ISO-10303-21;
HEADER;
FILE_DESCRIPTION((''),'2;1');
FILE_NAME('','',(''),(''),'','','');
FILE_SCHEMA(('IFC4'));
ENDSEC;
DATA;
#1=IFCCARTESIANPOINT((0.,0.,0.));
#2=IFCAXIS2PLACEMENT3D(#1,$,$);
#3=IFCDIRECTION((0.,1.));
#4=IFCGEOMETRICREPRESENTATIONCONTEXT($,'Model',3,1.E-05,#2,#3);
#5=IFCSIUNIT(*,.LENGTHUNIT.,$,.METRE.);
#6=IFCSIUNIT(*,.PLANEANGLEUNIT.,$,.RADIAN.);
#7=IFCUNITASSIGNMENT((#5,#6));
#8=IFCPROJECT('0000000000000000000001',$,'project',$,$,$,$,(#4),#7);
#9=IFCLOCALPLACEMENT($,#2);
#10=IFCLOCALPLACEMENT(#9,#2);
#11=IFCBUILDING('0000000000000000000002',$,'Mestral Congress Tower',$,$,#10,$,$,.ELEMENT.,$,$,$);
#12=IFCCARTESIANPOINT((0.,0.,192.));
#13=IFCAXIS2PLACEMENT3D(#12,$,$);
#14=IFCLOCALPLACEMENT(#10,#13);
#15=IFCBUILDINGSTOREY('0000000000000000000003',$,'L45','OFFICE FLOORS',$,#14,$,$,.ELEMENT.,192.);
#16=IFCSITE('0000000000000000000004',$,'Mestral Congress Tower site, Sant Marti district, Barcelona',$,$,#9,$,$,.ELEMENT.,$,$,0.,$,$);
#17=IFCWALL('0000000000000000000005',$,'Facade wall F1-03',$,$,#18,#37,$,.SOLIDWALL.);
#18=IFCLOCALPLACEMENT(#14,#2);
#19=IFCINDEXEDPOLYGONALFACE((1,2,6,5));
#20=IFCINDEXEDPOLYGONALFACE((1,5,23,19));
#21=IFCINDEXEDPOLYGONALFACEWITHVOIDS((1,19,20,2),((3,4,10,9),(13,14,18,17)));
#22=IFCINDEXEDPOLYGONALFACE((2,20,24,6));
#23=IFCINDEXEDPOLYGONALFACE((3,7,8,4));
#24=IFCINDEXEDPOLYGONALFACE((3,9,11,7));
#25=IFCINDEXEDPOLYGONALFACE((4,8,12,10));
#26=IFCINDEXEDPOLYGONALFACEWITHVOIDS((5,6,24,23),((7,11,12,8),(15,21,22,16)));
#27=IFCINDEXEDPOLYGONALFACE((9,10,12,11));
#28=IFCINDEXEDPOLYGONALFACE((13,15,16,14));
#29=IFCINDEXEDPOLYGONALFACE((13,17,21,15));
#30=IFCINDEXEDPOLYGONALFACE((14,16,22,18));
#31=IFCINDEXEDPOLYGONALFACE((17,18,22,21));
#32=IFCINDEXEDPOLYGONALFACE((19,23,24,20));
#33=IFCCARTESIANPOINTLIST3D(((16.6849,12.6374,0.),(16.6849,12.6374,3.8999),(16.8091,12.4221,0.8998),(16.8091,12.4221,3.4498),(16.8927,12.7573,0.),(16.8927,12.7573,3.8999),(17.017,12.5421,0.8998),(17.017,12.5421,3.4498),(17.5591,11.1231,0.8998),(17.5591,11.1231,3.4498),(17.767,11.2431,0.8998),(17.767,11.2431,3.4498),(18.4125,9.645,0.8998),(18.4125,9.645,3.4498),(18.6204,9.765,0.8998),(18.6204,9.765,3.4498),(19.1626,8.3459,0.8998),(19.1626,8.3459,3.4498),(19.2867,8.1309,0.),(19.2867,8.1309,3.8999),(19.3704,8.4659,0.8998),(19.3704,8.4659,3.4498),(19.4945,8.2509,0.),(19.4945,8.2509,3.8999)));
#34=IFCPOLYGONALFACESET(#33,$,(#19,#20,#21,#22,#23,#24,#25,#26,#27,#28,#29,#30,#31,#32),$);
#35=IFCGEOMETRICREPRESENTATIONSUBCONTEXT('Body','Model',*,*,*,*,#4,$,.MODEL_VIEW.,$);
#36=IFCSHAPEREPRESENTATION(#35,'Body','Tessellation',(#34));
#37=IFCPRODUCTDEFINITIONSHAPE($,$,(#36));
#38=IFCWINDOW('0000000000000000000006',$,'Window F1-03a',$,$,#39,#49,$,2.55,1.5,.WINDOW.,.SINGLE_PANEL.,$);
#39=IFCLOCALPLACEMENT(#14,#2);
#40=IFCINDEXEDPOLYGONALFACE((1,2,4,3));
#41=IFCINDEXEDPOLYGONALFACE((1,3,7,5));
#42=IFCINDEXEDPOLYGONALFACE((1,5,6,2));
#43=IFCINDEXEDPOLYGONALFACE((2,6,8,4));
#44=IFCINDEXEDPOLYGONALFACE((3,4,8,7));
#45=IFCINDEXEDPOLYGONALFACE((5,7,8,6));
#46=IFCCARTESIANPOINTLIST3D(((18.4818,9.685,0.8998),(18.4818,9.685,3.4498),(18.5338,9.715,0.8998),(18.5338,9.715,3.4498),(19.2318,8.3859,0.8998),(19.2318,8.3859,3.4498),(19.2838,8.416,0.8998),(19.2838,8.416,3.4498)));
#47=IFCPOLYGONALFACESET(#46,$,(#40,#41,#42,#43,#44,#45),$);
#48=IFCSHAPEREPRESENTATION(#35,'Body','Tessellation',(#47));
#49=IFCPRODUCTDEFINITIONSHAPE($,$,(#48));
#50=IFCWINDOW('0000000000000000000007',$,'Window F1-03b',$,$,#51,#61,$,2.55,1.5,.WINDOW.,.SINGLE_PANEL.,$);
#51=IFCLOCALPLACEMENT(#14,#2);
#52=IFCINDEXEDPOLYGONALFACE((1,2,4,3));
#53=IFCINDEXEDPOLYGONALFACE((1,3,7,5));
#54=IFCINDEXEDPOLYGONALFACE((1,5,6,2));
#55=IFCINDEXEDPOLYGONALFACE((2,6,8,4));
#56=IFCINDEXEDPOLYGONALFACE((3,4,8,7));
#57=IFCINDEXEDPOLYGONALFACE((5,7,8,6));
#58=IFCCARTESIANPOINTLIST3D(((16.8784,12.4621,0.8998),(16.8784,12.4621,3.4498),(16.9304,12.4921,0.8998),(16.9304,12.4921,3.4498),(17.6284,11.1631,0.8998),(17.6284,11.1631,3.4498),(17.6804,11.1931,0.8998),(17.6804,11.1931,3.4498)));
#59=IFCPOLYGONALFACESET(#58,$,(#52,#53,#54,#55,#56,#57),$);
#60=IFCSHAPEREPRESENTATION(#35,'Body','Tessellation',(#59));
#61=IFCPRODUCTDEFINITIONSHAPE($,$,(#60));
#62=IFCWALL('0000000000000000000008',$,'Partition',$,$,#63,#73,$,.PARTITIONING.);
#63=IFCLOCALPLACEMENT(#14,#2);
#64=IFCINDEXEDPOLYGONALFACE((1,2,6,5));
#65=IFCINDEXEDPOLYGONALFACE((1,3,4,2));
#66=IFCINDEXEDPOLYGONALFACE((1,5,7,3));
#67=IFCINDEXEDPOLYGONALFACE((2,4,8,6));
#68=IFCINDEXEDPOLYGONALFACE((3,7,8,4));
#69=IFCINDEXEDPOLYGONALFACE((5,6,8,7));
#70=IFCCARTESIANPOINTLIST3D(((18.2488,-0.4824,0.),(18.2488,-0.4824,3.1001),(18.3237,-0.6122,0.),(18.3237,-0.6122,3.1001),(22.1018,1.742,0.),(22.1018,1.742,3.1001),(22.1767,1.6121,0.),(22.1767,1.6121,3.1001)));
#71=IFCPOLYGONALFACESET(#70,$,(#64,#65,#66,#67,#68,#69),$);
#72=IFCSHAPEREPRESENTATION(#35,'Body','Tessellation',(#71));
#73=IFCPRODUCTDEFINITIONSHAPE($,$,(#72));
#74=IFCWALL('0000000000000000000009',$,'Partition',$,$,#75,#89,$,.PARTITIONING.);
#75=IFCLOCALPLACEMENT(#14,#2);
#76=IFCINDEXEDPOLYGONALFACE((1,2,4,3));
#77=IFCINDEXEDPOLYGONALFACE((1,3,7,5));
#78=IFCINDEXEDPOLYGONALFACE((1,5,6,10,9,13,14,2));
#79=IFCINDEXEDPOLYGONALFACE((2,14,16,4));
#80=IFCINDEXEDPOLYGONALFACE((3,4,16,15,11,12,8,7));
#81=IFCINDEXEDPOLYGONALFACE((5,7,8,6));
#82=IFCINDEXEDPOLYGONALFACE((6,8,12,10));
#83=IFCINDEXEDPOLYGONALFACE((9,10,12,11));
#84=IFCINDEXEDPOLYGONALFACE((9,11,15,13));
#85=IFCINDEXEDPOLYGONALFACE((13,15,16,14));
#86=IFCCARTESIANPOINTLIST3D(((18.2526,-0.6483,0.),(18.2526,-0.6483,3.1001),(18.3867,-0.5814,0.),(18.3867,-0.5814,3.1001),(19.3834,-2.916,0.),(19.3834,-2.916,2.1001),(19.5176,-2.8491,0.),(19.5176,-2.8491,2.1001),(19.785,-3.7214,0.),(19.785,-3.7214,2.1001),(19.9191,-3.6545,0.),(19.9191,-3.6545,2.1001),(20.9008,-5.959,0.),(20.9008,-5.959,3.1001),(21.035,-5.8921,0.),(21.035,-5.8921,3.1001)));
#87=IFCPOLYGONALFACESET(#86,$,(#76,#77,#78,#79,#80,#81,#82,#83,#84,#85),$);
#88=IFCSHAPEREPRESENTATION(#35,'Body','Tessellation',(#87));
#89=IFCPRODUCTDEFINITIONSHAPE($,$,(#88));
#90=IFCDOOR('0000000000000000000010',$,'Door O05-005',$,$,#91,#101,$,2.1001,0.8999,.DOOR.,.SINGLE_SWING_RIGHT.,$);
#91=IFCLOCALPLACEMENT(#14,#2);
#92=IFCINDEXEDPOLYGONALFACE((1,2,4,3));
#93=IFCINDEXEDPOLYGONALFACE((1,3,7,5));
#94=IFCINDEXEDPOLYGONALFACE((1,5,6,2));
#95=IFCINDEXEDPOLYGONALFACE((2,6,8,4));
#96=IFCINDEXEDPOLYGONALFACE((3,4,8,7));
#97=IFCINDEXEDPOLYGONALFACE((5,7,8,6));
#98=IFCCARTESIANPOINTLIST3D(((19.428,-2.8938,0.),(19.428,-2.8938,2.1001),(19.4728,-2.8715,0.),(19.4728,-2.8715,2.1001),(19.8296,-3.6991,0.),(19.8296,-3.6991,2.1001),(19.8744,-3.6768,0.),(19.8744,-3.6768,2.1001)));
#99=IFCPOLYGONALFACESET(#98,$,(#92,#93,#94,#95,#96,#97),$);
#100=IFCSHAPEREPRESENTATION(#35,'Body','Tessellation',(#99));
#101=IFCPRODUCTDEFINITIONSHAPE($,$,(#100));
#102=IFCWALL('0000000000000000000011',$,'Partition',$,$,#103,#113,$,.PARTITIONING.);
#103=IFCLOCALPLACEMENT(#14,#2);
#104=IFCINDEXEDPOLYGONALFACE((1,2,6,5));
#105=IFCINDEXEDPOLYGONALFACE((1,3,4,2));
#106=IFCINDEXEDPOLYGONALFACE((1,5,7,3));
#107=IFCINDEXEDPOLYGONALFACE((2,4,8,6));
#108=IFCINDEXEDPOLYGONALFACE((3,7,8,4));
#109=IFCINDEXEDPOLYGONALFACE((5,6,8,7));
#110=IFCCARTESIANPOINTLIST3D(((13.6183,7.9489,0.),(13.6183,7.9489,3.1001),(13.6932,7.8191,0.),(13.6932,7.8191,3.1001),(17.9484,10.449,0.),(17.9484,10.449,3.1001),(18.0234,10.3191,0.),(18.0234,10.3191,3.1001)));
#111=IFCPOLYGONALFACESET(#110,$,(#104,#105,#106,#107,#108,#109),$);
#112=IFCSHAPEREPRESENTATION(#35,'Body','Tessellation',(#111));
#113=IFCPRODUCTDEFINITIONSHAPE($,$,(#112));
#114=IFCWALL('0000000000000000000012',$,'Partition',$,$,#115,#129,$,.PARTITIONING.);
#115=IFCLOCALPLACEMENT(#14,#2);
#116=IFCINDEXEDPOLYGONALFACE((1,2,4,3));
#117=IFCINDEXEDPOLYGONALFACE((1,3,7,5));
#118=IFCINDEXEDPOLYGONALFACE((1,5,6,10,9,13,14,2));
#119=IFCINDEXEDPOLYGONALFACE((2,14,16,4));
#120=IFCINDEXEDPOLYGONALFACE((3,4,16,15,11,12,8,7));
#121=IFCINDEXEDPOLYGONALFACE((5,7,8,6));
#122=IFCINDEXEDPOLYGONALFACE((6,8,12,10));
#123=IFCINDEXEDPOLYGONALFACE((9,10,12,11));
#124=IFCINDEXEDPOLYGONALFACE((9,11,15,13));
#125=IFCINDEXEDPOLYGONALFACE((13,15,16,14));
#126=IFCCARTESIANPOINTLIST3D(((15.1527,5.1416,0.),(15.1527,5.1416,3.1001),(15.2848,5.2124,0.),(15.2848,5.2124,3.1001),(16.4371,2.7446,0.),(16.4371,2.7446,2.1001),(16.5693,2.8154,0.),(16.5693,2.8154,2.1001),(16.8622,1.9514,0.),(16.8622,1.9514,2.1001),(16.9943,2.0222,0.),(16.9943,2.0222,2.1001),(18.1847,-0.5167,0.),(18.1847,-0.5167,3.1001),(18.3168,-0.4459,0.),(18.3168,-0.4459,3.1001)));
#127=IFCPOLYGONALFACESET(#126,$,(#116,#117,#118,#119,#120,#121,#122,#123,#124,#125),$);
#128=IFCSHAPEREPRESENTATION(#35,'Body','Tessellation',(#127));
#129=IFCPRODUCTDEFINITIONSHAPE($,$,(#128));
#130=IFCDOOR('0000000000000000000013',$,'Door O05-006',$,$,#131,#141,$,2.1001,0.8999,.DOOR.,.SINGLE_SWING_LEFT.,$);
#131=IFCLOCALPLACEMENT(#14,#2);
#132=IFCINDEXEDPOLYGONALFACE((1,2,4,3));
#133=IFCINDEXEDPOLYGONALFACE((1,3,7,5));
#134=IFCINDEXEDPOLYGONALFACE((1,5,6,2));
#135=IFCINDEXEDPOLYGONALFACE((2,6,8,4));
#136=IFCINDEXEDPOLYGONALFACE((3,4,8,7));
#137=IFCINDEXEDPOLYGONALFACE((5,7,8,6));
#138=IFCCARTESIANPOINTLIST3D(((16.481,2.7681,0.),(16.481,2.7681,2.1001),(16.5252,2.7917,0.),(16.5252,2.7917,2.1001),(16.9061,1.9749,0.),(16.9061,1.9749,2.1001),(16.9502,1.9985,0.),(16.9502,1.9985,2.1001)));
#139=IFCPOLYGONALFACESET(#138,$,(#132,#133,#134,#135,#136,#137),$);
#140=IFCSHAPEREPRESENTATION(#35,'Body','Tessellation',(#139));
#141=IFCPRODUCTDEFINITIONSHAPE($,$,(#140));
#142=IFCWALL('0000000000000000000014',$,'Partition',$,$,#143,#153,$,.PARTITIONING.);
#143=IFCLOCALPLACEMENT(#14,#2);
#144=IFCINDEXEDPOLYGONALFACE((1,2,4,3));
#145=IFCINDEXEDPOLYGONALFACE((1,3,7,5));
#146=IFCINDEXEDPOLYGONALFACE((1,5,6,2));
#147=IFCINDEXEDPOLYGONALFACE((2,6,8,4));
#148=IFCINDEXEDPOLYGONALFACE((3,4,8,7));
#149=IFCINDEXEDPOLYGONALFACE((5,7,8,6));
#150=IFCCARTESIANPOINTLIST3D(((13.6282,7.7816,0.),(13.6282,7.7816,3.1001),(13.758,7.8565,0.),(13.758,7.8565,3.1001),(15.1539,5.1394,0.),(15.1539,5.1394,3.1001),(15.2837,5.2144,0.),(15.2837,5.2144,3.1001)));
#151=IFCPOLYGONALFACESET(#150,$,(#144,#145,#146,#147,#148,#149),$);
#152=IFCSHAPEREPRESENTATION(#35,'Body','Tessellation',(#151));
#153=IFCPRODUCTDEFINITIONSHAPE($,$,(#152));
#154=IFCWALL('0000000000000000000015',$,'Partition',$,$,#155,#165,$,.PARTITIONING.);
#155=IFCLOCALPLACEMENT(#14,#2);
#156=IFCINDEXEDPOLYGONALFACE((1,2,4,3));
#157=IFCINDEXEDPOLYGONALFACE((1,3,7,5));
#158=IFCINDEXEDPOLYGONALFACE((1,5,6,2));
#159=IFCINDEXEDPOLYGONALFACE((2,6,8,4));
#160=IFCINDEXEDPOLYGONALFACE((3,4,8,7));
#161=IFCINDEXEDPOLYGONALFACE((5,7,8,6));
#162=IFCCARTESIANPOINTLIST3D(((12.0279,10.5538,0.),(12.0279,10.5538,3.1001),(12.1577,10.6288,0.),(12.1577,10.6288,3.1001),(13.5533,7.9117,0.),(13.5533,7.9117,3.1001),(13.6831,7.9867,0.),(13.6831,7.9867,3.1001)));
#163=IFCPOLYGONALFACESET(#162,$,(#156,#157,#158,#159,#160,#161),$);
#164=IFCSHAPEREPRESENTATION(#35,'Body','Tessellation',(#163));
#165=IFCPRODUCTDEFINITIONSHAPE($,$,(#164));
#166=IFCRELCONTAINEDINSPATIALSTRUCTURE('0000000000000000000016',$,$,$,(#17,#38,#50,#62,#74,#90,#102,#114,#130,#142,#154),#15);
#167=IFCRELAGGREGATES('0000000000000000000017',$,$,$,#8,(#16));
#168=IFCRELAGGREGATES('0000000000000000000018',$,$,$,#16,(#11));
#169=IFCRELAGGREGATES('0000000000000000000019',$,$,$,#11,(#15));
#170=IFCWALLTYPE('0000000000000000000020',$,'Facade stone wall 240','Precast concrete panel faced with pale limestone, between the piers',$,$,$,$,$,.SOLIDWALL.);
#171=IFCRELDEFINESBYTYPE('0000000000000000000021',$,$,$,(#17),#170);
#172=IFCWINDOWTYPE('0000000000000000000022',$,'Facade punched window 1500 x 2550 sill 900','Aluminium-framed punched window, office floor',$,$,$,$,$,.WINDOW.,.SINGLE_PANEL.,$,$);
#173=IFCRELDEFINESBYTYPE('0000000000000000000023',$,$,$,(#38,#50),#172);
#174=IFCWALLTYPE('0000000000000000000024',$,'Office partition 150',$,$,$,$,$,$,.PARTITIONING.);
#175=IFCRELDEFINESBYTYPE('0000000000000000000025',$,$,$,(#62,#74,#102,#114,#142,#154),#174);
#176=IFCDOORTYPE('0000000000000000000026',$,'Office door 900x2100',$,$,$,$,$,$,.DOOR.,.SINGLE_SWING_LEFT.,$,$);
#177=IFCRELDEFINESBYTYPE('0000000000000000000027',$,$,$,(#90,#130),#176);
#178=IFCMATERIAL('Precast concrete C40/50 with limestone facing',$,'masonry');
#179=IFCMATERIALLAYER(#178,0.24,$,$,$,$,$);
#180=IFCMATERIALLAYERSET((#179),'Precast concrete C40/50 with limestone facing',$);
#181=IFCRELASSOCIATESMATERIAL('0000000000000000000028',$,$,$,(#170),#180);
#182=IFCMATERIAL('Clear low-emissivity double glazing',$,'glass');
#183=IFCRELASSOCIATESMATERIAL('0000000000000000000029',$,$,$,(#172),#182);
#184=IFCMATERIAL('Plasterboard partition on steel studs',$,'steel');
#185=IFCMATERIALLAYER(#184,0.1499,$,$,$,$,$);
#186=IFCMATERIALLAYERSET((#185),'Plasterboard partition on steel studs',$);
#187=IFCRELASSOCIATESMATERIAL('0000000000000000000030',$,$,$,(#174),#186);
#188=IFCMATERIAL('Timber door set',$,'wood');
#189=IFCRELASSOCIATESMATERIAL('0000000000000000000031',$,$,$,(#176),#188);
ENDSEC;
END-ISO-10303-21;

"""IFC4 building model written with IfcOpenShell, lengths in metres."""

from ifc_helpers import new_model, si_unit, direction, frame, frame_2d, origin, place, context, subcontext, project, spatial, rectangle, extrude, material, layer, layer_set, type_object, element, fill, save


model = new_model("IFC4")

# Units and contexts
model_context = context("Model", 3, precision=1e-05, world=origin(), true_north=direction((0.0, 1.0)))
body_context = subcontext(model_context, "Body", "Model", "MODEL_VIEW")
ifc_project = project(units=[si_unit("LENGTHUNIT", "METRE"), si_unit("PLANEANGLEUNIT", "RADIAN")], contexts=[model_context])

# Site, building, storey
site_placement = place(None, origin())
site = spatial("IfcSite", under=ifc_project, at=site_placement, Name="Mestral Congress Tower site, Sant Marti district, Barcelona", CompositionType="ELEMENT", RefElevation=0.0)
building_placement = place(site_placement, origin())
building = spatial("IfcBuilding", under=site, at=building_placement, Name="Mestral Congress Tower", CompositionType="ELEMENT")
storey_placement = place(building_placement, frame((0.0, 0.0, 192.0)))
storey = spatial("IfcBuildingStorey", under=building, at=storey_placement, Name="L45", Description="OFFICE FLOORS", CompositionType="ELEMENT", Elevation=192.0)

# Wall, openings, windows
ifc_material_1 = material(Name="Precast concrete C40/50 with limestone facing", Category="masonry")
ifc_layer_1 = layer(ifc_material_1, 0.24)
ifc_layer_set_1 = layer_set([ifc_layer_1], Name="Precast concrete C40/50 with limestone facing")
wall_type_1 = type_object("IfcWallType", Name="Facade stone wall 240", Description="Precast concrete panel faced with pale limestone, between the piers", PredefinedType="SOLIDWALL", material=ifc_layer_set_1)
ifc_material_2 = material(Name="Clear low-emissivity double glazing", Category="glass")
window_type = type_object("IfcWindowType", Name="Facade punched window 1500 x 2550 sill 900", Description="Aluminium-framed punched window, office floor", PartitioningType="SINGLE_PANEL", PredefinedType="WINDOW", material=ifc_material_2)
wall_1_placement = place(storey_placement, frame((19.3906, 8.1909, 0.0), z_axis=(0.0, 0.0, 1.0), x_axis=(-0.500009, 0.86602, 0.0)))
wall_1 = element("IfcWall", 1, at=wall_1_placement, inside=storey, type_object=wall_type_1, Name="Facade wall F1-03", PredefinedType="SOLIDWALL", context=body_context, shape_type="SweptSolid", body=[
    extrude(rectangle(XDim=5.2036, YDim=0.24, at=frame_2d((2.6018, 0.0))), origin(), (0.0, 0.0, 1.0), 3.8999),
])
opening_1_placement = place(wall_1_placement, frame((0.2483, 0.0, 0.8999)))
opening_1 = element("IfcOpeningElement", 2, at=opening_1_placement, cuts=wall_1, PredefinedType="OPENING", context=body_context, shape_type="SweptSolid", body=[
    extrude(rectangle(XDim=1.5, YDim=2.55, at=frame_2d((0.75, 1.2749))), frame((0.0, 0.1299, 0.0), z_axis=(0.0, -1.0, 0.0), x_axis=(1.0, 0.0, 0.0)), (0.0, 0.0, 1.0), 0.26),
])
opening_2_placement = place(wall_1_placement, frame((3.4551, 0.0, 0.8999)))
opening_2 = element("IfcOpeningElement", 3, at=opening_2_placement, cuts=wall_1, PredefinedType="OPENING", context=body_context, shape_type="SweptSolid", body=[
    extrude(rectangle(XDim=1.5, YDim=2.55, at=frame_2d((0.75, 1.2749))), frame((0.0, 0.1299, 0.0), z_axis=(0.0, -1.0, 0.0), x_axis=(1.0, 0.0, 0.0)), (0.0, 0.0, 1.0), 0.26),
])
window_1_placement = place(opening_1_placement, origin())
window_1 = element("IfcWindow", 4, at=window_1_placement, inside=storey, type_object=window_type, Name="Window F1-03a", OverallHeight=2.55, OverallWidth=1.5, PartitioningType="SINGLE_PANEL", PredefinedType="WINDOW", context=body_context, shape_type="SweptSolid", body=[
    extrude(rectangle(XDim=1.5, YDim=2.55, at=frame_2d((0.75, 1.2749))), frame((0.0, 0.04, 0.0), z_axis=(0.0, -1.0, 0.0), x_axis=(1.0, 0.0, 0.0)), (0.0, 0.0, 1.0), 0.0601),
])
fill(opening_1, window_1)
window_2_placement = place(opening_2_placement, origin())
window_2 = element("IfcWindow", 5, at=window_2_placement, inside=storey, type_object=window_type, Name="Window F1-03b", OverallHeight=2.55, OverallWidth=1.5, PartitioningType="SINGLE_PANEL", PredefinedType="WINDOW", context=body_context, shape_type="SweptSolid", body=[
    extrude(rectangle(XDim=1.5, YDim=2.55, at=frame_2d((0.75, 1.2749))), frame((0.0, 0.04, 0.0), z_axis=(0.0, -1.0, 0.0), x_axis=(1.0, 0.0, 0.0)), (0.0, 0.0, 1.0), 0.0601),
])
fill(opening_2, window_2)

# Wall
ifc_material_3 = material(Name="Plasterboard partition on steel studs", Category="steel")
ifc_layer_2 = layer(ifc_material_3, 0.1499)
ifc_layer_set_2 = layer_set([ifc_layer_2], Name="Plasterboard partition on steel studs")
wall_type_2 = type_object("IfcWallType", Name="Office partition 150", PredefinedType="PARTITIONING", material=ifc_layer_set_2)
wall_2_placement = place(storey_placement, frame((18.2861, -0.5474, 0.0), z_axis=(0.0, 0.0, 1.0), x_axis=(0.866043, 0.499969, 0.0)))
element("IfcWall", 6, at=wall_2_placement, inside=storey, type_object=wall_type_2, Name="Partition", PredefinedType="PARTITIONING", context=body_context, shape_type="SweptSolid", body=[
    extrude(rectangle(XDim=4.449, YDim=0.1499, at=frame_2d((2.2246, 0.0))), origin(), (0.0, 0.0, 1.0), 3.1001),
])

# Wall, opening, door
wall_3_placement = place(storey_placement, frame((18.3196, -0.6147, 0.0), z_axis=(0.0, 0.0, 1.0), x_axis=(0.446259, -0.894904, 0.0)))
wall_3 = element("IfcWall", 7, at=wall_3_placement, inside=storey, type_object=wall_type_2, Name="Partition", PredefinedType="PARTITIONING", context=body_context, shape_type="SweptSolid", body=[
    extrude(rectangle(XDim=5.9343, YDim=0.1499, at=frame_2d((2.9673, 0.0))), origin(), (0.0, 0.0, 1.0), 3.1001),
])
opening_3_placement = place(wall_3_placement, frame((2.5342, 0.0, 0.0)))
opening_3 = element("IfcOpeningElement", 8, at=opening_3_placement, cuts=wall_3, PredefinedType="OPENING", context=body_context, shape_type="SweptSolid", body=[
    extrude(rectangle(XDim=0.8999, YDim=2.1001, at=frame_2d((0.45, 1.05))), frame((0.0, 0.085, 0.0), z_axis=(0.0, -1.0, 0.0), x_axis=(1.0, 0.0, 0.0)), (0.0, 0.0, 1.0), 0.1699),
])
ifc_material_4 = material(Name="Timber door set", Category="wood")
door_type_1 = type_object("IfcDoorType", Name="Office door 900x2100", OperationType="SINGLE_SWING_LEFT", PredefinedType="DOOR", material=ifc_material_4)
door_1_placement = place(opening_3_placement, origin())
door_1 = element("IfcDoor", 9, at=door_1_placement, inside=storey, type_object=door_type_1, Name="Door O05-005", OperationType="SINGLE_SWING_RIGHT", OverallHeight=2.1001, OverallWidth=0.8999, PredefinedType="DOOR", context=body_context, shape_type="SweptSolid", body=[
    extrude(rectangle(XDim=0.8999, YDim=2.1001, at=frame_2d((0.45, 1.05))), frame((0.0, 0.0249, 0.0), z_axis=(0.0, -1.0, 0.0), x_axis=(1.0, 0.0, 0.0)), (0.0, 0.0, 1.0), 0.05),
])
fill(opening_3, door_1)

# Wall
wall_4_placement = place(storey_placement, frame((13.6558, 7.884, 0.0), z_axis=(0.0, 0.0, 1.0), x_axis=(0.866023, 0.500004, 0.0)))
element("IfcWall", 10, at=wall_4_placement, inside=storey, type_object=wall_type_2, Name="Partition", PredefinedType="PARTITIONING", context=body_context, shape_type="SweptSolid", body=[
    extrude(rectangle(XDim=5.0, YDim=0.1499, at=frame_2d((2.5, 0.0))), origin(), (0.0, 0.0, 1.0), 3.1001),
])

# Wall, opening, door
wall_5_placement = place(storey_placement, frame((15.2188, 5.177, 0.0), z_axis=(0.0, 0.0, 1.0), x_axis=(0.472319, -0.881428, 0.0)))
wall_5 = element("IfcWall", 11, at=wall_5_placement, inside=storey, type_object=wall_type_2, Name="Partition", PredefinedType="PARTITIONING", context=body_context, shape_type="SweptSolid", body=[
    extrude(rectangle(XDim=6.4194, YDim=0.1499, at=frame_2d((3.2097, 0.0))), origin(), (0.0, 0.0, 1.0), 3.1001),
])
opening_4_placement = place(wall_5_placement, frame((2.7195, 0.0, 0.0)))
opening_4 = element("IfcOpeningElement", 12, at=opening_4_placement, cuts=wall_5, PredefinedType="OPENING", context=body_context, shape_type="SweptSolid", body=[
    extrude(rectangle(XDim=0.8999, YDim=2.1001, at=frame_2d((0.45, 1.05))), frame((0.0, 0.085, 0.0), z_axis=(0.0, -1.0, 0.0), x_axis=(1.0, 0.0, 0.0)), (0.0, 0.0, 1.0), 0.1699),
])
door_2_placement = place(opening_4_placement, origin())
door_2 = element("IfcDoor", 13, at=door_2_placement, inside=storey, type_object=door_type_1, Name="Door O05-006", OperationType="SINGLE_SWING_LEFT", OverallHeight=2.1001, OverallWidth=0.8999, PredefinedType="DOOR", context=body_context, shape_type="SweptSolid", body=[
    extrude(rectangle(XDim=0.8999, YDim=2.1001, at=frame_2d((0.45, 1.05))), frame((0.0, 0.0249, 0.0), z_axis=(0.0, -1.0, 0.0), x_axis=(1.0, 0.0, 0.0)), (0.0, 0.0, 1.0), 0.05),
])
fill(opening_4, door_2)

# Walls
wall_6_placement = place(storey_placement, frame((15.2188, 5.177, 0.0), z_axis=(0.0, 0.0, 1.0), x_axis=(-0.500055, 0.865994, 0.0)))
element("IfcWall", 14, at=wall_6_placement, inside=storey, type_object=wall_type_2, Name="Partition", PredefinedType="PARTITIONING", context=body_context, shape_type="SweptSolid", body=[
    extrude(rectangle(XDim=3.051, YDim=0.1499, at=frame_2d((1.5254, 0.0))), origin(), (0.0, 0.0, 1.0), 3.1001),
])
wall_7_placement = place(storey_placement, frame((13.6182, 7.9492, 0.0), z_axis=(0.0, 0.0, 1.0), x_axis=(-0.499995, 0.866028, 0.0)))
element("IfcWall", 15, at=wall_7_placement, inside=storey, type_object=wall_type_2, Name="Partition", PredefinedType="PARTITIONING", context=body_context, shape_type="SweptSolid", body=[
    extrude(rectangle(XDim=3.0508, YDim=0.1499, at=frame_2d((1.5254, 0.0))), origin(), (0.0, 0.0, 1.0), 3.1001),
])

save(model, "model.ifc")
